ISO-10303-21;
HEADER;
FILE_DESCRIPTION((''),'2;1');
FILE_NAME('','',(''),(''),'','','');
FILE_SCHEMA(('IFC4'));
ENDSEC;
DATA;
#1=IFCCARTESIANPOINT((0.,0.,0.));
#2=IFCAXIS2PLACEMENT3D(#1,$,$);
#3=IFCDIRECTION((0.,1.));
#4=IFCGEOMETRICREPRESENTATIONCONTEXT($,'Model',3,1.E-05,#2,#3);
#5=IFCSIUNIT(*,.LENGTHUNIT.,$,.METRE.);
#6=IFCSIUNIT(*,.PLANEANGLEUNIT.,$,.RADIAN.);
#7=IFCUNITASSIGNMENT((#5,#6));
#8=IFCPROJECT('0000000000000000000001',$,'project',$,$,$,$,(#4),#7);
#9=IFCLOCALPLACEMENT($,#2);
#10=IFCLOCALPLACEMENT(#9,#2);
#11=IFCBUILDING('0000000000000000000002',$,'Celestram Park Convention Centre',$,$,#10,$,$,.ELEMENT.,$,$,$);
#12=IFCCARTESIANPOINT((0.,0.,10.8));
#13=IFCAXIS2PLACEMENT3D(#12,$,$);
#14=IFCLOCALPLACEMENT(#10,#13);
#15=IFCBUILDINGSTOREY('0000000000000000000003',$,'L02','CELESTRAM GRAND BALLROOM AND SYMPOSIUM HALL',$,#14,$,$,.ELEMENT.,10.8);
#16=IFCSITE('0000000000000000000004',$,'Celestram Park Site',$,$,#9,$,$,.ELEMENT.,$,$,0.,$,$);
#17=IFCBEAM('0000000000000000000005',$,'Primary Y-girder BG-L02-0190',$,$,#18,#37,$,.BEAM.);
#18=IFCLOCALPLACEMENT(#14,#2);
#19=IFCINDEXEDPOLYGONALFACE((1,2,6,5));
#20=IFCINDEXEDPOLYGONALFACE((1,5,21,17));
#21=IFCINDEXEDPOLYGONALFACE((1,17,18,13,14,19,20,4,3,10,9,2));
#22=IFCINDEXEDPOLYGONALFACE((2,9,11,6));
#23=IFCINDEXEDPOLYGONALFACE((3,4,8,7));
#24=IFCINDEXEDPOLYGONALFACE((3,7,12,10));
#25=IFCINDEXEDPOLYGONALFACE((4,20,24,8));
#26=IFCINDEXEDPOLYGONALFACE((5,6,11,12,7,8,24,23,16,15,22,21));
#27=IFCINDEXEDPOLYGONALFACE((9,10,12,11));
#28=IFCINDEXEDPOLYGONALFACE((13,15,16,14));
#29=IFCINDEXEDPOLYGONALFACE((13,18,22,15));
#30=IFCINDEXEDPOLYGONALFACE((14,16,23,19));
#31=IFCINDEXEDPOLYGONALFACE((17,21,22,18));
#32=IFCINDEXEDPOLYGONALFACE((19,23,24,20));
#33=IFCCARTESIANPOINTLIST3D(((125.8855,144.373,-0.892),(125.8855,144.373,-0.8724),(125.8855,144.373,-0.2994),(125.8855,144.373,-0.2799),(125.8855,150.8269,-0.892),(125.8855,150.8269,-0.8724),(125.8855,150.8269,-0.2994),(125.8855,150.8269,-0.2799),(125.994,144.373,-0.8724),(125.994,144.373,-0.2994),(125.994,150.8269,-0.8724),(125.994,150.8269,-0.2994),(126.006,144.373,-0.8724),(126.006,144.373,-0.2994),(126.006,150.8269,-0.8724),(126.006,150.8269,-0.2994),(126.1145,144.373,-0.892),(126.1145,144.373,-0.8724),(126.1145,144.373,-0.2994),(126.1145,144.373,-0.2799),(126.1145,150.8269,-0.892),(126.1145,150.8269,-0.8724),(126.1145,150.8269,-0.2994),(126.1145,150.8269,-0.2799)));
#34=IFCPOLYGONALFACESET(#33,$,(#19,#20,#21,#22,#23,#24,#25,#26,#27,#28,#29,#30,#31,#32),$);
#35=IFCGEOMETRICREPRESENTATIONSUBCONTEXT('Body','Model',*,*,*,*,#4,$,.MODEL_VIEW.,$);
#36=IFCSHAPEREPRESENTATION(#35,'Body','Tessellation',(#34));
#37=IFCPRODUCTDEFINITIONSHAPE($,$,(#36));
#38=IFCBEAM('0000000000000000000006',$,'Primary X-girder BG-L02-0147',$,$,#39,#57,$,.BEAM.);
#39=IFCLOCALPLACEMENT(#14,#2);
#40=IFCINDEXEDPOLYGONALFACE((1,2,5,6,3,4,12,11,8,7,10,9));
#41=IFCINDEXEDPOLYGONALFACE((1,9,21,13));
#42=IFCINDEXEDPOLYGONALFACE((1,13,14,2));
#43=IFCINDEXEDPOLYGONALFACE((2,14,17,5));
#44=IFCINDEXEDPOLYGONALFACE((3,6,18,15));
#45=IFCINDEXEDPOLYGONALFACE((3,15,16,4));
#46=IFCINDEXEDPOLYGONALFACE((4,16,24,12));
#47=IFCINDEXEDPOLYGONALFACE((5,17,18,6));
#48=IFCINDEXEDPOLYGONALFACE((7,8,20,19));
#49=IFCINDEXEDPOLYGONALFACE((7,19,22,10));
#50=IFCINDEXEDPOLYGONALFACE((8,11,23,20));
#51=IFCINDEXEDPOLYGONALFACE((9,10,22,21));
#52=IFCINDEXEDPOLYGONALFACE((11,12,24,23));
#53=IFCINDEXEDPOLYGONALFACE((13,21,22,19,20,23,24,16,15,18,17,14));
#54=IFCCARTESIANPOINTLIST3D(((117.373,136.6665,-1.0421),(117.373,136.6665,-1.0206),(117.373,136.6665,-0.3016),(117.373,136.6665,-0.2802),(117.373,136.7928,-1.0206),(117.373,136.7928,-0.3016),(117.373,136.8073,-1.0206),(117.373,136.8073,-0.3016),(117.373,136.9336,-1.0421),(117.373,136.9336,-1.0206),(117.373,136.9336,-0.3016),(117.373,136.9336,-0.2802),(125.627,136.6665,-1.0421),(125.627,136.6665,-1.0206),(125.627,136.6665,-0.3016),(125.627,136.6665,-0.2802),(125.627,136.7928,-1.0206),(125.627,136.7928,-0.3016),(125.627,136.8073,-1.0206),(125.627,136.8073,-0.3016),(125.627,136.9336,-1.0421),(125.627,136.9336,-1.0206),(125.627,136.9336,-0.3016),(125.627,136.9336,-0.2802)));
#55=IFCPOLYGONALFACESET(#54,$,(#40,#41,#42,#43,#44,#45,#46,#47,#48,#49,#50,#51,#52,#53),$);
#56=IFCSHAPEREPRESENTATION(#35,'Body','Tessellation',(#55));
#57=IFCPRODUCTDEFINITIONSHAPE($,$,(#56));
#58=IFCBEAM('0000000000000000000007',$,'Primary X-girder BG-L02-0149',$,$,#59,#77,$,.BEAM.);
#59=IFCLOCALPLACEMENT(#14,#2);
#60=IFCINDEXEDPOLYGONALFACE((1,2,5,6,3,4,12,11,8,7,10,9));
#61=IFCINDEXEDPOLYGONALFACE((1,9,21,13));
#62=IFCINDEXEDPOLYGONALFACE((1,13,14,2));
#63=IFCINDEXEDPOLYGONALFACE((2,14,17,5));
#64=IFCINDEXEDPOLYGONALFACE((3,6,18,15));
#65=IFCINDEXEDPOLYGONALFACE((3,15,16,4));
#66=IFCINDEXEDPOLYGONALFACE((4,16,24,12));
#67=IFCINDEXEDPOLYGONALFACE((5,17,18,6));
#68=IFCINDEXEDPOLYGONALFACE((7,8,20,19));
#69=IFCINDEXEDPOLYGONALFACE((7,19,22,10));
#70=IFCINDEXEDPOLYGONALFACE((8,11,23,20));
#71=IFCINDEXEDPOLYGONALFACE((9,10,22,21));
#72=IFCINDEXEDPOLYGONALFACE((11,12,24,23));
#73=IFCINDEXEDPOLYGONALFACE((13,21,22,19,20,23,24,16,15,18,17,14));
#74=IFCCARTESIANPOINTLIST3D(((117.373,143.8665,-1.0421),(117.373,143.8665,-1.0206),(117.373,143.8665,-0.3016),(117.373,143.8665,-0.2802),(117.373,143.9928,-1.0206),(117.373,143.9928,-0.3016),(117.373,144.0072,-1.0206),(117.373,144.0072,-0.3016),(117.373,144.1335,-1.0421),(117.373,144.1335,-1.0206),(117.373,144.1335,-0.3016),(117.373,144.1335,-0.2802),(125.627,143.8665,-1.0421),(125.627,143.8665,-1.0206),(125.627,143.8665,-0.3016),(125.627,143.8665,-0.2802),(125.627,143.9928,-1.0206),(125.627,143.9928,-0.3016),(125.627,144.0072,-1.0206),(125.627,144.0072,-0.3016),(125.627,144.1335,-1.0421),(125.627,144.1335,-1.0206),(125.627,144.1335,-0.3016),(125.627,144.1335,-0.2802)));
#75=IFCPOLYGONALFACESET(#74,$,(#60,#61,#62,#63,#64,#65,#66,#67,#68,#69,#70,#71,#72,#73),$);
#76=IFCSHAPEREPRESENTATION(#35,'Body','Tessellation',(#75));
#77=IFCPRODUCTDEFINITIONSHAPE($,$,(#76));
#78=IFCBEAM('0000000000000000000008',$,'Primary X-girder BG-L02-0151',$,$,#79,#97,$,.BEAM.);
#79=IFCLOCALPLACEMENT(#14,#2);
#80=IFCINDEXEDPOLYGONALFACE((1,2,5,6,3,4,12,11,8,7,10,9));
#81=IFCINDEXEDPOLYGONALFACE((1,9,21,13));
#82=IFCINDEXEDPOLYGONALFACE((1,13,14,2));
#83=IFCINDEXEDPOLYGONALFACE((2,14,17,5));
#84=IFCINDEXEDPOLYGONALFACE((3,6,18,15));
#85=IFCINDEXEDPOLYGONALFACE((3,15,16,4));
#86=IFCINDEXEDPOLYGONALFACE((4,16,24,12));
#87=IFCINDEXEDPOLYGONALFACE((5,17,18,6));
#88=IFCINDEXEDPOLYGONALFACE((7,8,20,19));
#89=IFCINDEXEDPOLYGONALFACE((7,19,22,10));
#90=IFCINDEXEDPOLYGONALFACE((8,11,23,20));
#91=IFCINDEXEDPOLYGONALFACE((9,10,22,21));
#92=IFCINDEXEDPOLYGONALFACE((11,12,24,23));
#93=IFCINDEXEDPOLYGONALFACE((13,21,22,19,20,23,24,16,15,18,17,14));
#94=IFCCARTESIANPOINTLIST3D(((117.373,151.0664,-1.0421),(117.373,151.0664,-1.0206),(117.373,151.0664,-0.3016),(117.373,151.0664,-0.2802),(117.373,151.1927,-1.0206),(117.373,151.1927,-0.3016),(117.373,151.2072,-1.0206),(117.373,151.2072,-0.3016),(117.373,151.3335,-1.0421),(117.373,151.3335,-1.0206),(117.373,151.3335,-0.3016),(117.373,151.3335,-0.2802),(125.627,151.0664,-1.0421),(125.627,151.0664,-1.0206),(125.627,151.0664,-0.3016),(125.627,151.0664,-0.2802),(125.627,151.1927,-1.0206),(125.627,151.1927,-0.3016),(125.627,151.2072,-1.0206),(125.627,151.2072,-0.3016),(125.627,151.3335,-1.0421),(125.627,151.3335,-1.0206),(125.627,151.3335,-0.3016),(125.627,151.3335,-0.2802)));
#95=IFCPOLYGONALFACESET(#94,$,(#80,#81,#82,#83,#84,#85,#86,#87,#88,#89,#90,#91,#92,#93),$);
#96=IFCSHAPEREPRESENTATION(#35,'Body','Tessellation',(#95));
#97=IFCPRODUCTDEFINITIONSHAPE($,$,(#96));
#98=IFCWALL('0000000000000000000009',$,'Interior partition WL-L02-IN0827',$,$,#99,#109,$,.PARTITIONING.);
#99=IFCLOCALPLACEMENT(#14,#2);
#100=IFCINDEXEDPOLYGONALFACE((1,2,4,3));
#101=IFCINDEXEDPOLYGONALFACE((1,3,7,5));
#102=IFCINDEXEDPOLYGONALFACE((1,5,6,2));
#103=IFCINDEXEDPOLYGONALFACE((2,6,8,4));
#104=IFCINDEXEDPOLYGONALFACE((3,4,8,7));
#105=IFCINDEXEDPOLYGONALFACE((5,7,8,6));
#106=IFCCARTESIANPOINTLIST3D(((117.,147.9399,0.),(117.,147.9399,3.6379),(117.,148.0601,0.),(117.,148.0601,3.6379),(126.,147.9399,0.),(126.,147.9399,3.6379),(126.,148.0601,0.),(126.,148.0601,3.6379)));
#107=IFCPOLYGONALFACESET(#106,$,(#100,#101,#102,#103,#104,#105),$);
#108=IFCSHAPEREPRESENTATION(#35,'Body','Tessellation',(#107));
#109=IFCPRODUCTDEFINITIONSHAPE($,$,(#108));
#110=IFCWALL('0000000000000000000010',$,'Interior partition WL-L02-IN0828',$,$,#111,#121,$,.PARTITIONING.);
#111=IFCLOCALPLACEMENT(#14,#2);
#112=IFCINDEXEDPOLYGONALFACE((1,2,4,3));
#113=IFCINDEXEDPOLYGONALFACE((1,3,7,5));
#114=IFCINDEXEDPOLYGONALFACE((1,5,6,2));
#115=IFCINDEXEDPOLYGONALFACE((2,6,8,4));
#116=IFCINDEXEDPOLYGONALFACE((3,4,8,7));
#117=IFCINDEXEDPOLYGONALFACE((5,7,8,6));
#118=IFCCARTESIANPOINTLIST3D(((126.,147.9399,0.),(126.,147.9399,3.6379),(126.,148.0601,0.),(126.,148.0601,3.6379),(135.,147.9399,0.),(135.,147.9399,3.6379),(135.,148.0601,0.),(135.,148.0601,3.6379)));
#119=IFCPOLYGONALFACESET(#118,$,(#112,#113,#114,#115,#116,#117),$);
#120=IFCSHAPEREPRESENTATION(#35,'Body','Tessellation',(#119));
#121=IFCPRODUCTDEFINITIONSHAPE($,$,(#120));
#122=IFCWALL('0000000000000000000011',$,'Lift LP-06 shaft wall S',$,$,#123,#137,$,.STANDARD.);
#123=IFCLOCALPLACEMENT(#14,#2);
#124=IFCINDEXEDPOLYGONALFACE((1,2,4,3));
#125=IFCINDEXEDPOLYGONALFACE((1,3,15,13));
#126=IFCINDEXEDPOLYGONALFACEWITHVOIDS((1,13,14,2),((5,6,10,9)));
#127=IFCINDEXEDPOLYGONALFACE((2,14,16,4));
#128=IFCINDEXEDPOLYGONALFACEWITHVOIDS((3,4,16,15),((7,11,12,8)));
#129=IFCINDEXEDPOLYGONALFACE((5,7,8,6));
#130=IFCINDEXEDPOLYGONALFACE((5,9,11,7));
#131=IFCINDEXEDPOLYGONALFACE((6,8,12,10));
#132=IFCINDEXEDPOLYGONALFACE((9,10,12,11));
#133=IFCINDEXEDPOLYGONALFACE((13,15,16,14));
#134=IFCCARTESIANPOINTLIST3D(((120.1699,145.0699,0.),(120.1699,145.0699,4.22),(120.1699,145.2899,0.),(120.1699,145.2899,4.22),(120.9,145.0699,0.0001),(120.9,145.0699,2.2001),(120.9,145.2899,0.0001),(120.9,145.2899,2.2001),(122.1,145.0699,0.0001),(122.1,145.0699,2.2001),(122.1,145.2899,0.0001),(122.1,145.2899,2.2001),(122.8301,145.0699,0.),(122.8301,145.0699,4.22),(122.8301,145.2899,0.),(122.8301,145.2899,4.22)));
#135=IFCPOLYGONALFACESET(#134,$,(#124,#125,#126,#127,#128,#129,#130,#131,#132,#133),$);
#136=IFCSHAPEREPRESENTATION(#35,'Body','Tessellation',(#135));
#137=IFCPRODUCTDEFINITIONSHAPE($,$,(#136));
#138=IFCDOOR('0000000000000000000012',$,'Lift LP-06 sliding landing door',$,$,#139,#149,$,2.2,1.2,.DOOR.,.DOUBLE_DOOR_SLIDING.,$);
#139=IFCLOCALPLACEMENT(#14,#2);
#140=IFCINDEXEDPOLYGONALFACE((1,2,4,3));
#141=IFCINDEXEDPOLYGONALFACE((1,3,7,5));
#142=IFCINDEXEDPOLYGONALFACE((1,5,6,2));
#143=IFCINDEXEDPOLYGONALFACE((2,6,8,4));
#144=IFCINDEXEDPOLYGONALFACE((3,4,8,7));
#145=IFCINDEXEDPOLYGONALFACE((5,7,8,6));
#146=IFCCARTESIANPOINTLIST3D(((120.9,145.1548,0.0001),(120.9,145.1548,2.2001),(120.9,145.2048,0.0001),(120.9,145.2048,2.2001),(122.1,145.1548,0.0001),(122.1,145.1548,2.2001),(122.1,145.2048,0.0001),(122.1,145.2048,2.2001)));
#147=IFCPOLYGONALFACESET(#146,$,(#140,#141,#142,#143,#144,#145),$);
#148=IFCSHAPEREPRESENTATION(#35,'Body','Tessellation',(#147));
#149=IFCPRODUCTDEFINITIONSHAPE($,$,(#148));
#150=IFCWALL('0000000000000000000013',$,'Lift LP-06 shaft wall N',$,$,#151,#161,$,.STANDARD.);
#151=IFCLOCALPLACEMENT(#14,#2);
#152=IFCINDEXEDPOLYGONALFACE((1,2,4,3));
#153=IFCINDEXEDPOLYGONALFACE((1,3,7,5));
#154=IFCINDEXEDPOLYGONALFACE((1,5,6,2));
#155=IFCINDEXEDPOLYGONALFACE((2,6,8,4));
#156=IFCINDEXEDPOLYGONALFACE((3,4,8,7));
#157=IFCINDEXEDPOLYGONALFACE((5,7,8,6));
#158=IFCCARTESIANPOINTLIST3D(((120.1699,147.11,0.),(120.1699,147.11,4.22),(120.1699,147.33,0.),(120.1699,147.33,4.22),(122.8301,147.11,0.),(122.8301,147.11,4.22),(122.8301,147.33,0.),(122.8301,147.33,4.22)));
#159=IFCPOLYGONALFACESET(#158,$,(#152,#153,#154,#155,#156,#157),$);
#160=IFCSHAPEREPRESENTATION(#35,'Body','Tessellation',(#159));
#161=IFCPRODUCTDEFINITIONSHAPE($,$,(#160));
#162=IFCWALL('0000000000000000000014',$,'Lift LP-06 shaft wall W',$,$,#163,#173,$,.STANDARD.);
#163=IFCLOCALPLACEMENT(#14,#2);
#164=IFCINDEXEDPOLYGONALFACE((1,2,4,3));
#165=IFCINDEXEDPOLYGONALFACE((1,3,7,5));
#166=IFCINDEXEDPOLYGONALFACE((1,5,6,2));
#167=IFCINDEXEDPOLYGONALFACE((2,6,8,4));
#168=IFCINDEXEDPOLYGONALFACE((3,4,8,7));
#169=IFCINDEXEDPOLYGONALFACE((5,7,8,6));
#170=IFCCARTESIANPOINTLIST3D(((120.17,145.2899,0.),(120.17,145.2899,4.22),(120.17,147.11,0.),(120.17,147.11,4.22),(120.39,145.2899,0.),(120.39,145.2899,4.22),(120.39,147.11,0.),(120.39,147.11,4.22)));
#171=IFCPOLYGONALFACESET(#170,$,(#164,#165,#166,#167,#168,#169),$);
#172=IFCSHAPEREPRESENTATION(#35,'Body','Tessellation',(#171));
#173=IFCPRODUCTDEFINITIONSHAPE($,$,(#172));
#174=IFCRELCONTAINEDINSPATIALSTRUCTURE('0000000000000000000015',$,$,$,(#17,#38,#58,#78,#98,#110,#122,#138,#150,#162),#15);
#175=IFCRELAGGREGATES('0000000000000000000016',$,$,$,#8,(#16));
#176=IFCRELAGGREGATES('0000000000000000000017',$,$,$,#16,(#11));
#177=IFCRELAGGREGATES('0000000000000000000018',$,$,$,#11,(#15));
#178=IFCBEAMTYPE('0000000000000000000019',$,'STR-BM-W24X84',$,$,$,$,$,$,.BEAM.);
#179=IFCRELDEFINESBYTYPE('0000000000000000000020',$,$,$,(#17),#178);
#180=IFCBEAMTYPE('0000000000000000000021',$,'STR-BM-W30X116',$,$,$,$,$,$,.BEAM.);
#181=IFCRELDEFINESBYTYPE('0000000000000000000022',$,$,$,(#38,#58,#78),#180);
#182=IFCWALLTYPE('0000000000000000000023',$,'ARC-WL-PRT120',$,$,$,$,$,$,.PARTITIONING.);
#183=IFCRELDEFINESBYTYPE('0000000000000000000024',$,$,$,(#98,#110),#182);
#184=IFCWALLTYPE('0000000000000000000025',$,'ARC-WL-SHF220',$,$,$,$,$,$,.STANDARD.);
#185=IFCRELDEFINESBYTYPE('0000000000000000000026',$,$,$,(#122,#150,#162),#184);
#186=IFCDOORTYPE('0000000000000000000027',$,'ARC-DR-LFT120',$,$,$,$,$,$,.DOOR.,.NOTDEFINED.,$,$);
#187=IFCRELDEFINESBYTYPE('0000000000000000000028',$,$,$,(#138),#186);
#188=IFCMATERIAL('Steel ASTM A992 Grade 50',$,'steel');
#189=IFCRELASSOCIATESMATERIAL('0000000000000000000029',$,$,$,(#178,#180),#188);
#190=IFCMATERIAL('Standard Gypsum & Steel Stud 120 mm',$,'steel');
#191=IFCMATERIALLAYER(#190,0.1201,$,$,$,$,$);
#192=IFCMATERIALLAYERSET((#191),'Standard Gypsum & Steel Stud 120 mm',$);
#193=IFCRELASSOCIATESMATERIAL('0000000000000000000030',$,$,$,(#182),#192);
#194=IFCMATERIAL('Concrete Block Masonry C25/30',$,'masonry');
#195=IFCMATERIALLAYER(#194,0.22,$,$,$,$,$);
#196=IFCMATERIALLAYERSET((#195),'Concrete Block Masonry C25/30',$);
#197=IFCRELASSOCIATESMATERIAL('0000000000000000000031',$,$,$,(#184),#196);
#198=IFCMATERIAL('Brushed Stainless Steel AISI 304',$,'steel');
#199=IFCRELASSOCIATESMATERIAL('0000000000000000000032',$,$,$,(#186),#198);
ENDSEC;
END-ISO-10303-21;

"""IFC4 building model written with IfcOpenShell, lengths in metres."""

from ifc_helpers import new_model, si_unit, direction, frame, frame_2d, origin, origin_2d, place, context, subcontext, project, spatial, rectangle, i_section, extrude, material, layer, layer_set, material_profile, profile_set, type_object, element, fill, save


model = new_model("IFC4")

# Units and contexts
model_context = context("Model", 3, precision=1e-05, world=origin(), true_north=direction((0.0, 1.0)))
body_context = subcontext(model_context, "Body", "Model", "MODEL_VIEW")
ifc_project = project(units=[si_unit("LENGTHUNIT", "METRE"), si_unit("PLANEANGLEUNIT", "RADIAN")], contexts=[model_context])

# Site, building, storey
site_placement = place(None, origin())
site = spatial("IfcSite", under=ifc_project, at=site_placement, Name="Celestram Park Site", CompositionType="ELEMENT", RefElevation=0.0)
building_placement = place(site_placement, origin())
building = spatial("IfcBuilding", under=site, at=building_placement, Name="Celestram Park Convention Centre", CompositionType="ELEMENT")
storey_placement = place(building_placement, frame((0.0, 0.0, 10.8)))
storey = spatial("IfcBuildingStorey", under=building, at=storey_placement, Name="L02", Description="CELESTRAM GRAND BALLROOM AND SYMPOSIUM HALL", CompositionType="ELEMENT", Elevation=10.8)

# Beams
ifc_material_1 = material(Name="Steel ASTM A992 Grade 50", Category="steel")
ifc_material_profile_1 = material_profile(ifc_material_1, i_section(OverallWidth=0.229, OverallDepth=0.6121, WebThickness=0.012, FlangeThickness=0.0195, at=origin_2d()), Name="W24X84")
ifc_profile_set_1 = profile_set([ifc_material_profile_1], Name="Steel ASTM A992 Grade 50")
beam_type_1 = type_object("IfcBeamType", Name="STR-BM-W24X84", PredefinedType="BEAM", material=ifc_profile_set_1)
for number, where, z_axis, x_axis, name in (
    (1, (126.0, 144.373, -0.5859), (0.0, 1.0, 0.0), (-1.0, 0.0, 0.0), "Primary Y-girder BG-L02-0190"),
):
    element("IfcBeam", number, at=place(storey_placement, frame(where, z_axis=z_axis, x_axis=x_axis)), inside=storey, type_object=beam_type_1, Name=name, PredefinedType="BEAM", context=body_context, shape_type="SweptSolid", body=[
        extrude(i_section(OverallWidth=0.229, OverallDepth=0.6121, WebThickness=0.012, FlangeThickness=0.0195, at=origin_2d()), origin(), (0.0, 0.0, 1.0), 6.4539),
    ])
ifc_material_profile_2 = material_profile(ifc_material_1, i_section(OverallWidth=0.2671, OverallDepth=0.762, WebThickness=0.0144, FlangeThickness=0.0215, at=origin_2d()), Name="W30X116")
ifc_profile_set_2 = profile_set([ifc_material_profile_2], Name="Steel ASTM A992 Grade 50")
beam_type_2 = type_object("IfcBeamType", Name="STR-BM-W30X116", PredefinedType="BEAM", material=ifc_profile_set_2)
for number, where, z_axis, x_axis, name in (
    (2, (117.373, 136.8, -0.6611), (1.0, 0.0, 0.0), (0.0, 1.0, 0.0), "Primary X-girder BG-L02-0147"),
    (3, (117.373, 144.0, -0.6611), (1.0, 0.0, 0.0), (0.0, 1.0, 0.0), "Primary X-girder BG-L02-0149"),
    (4, (117.373, 151.2, -0.6611), (1.0, 0.0, 0.0), (0.0, 1.0, 0.0), "Primary X-girder BG-L02-0151"),
):
    element("IfcBeam", number, at=place(storey_placement, frame(where, z_axis=z_axis, x_axis=x_axis)), inside=storey, type_object=beam_type_2, Name=name, PredefinedType="BEAM", context=body_context, shape_type="SweptSolid", body=[
        extrude(i_section(OverallWidth=0.2671, OverallDepth=0.762, WebThickness=0.0144, FlangeThickness=0.0215, at=origin_2d()), origin(), (0.0, 0.0, 1.0), 8.2539),
    ])

# Walls
ifc_material_2 = material(Name="Standard Gypsum & Steel Stud 120 mm", Category="steel")
ifc_layer_1 = layer(ifc_material_2, 0.1201)
ifc_layer_set_1 = layer_set([ifc_layer_1], Name="Standard Gypsum & Steel Stud 120 mm")
wall_type_1 = type_object("IfcWallType", Name="ARC-WL-PRT120", PredefinedType="PARTITIONING", material=ifc_layer_set_1)
for number, where, z_axis, x_axis, name in (
    (5, (117.0, 148.0, 0.0), (0.0, 0.0, 1.0), (1.0, 0.0, 0.0), "Interior partition WL-L02-IN0827"),
    (6, (126.0, 148.0, 0.0), (0.0, 0.0, 1.0), (1.0, 0.0, 0.0), "Interior partition WL-L02-IN0828"),
):
    element("IfcWall", number, at=place(storey_placement, frame(where, z_axis=z_axis, x_axis=x_axis)), inside=storey, type_object=wall_type_1, Name=name, PredefinedType="PARTITIONING", context=body_context, shape_type="SweptSolid", body=[
        extrude(rectangle(XDim=9.0, YDim=0.1201, at=frame_2d((4.5, 0.0))), origin(), (0.0, 0.0, 1.0), 3.6379),
    ])

# Wall, opening, door
ifc_material_3 = material(Name="Concrete Block Masonry C25/30", Category="masonry")
ifc_layer_2 = layer(ifc_material_3, 0.22)
ifc_layer_set_2 = layer_set([ifc_layer_2], Name="Concrete Block Masonry C25/30")
wall_type_2 = type_object("IfcWallType", Name="ARC-WL-SHF220", PredefinedType="STANDARD", material=ifc_layer_set_2)
wall_1_placement = place(storey_placement, frame((120.1699, 145.1799, 0.0), z_axis=(0.0, 0.0, 1.0), x_axis=(1.0, 0.0, 0.0)))
wall_1 = element("IfcWall", 7, at=wall_1_placement, inside=storey, type_object=wall_type_2, Name="Lift LP-06 shaft wall S", PredefinedType="STANDARD", context=body_context, shape_type="SweptSolid", body=[
    extrude(rectangle(XDim=2.6602, YDim=0.22, at=frame_2d((1.3301, 0.0))), origin(), (0.0, 0.0, 1.0), 4.22),
])
opening_placement = place(wall_1_placement, frame((0.73, 0.0, 0.0)))
opening = element("IfcOpeningElement", 8, at=opening_placement, cuts=wall_1, PredefinedType="OPENING", context=body_context, shape_type="SweptSolid", body=[
    extrude(rectangle(XDim=1.2, YDim=2.2, at=frame_2d((0.6001, 1.1001))), frame((0.0, 0.1199, 0.0), z_axis=(0.0, -1.0, 0.0), x_axis=(1.0, 0.0, 0.0)), (0.0, 0.0, 1.0), 0.24),
])
ifc_material_4 = material(Name="Brushed Stainless Steel AISI 304", Category="steel")
door_type = type_object("IfcDoorType", Name="ARC-DR-LFT120", OperationType="NOTDEFINED", PredefinedType="DOOR", material=ifc_material_4)
door_placement = place(opening_placement, origin())
door = element("IfcDoor", 9, at=door_placement, inside=storey, type_object=door_type, Name="Lift LP-06 sliding landing door", OperationType="DOUBLE_DOOR_SLIDING", OverallHeight=2.2, OverallWidth=1.2, PredefinedType="DOOR", context=body_context, shape_type="SweptSolid", body=[
    extrude(rectangle(XDim=1.2, YDim=2.2, at=frame_2d((0.6001, 1.1001))), frame((0.0, 0.0249, 0.0), z_axis=(0.0, -1.0, 0.0), x_axis=(1.0, 0.0, 0.0)), (0.0, 0.0, 1.0), 0.05),
])
fill(opening, door)

# Walls
wall_2_placement = place(storey_placement, frame((122.8301, 147.22, 0.0), z_axis=(0.0, 0.0, 1.0), x_axis=(-1.0, 0.0, 0.0)))
element("IfcWall", 10, at=wall_2_placement, inside=storey, type_object=wall_type_2, Name="Lift LP-06 shaft wall N", PredefinedType="STANDARD", context=body_context, shape_type="SweptSolid", body=[
    extrude(rectangle(XDim=2.6602, YDim=0.22, at=frame_2d((1.3301, 0.0))), origin(), (0.0, 0.0, 1.0), 4.22),
])
for number, where, z_axis, x_axis, name in (
    (11, (120.28, 147.1101, 0.0), (0.0, 0.0, 1.0), (0.0, -1.0, 0.0), "Lift LP-06 shaft wall W"),
):
    element("IfcWall", number, at=place(storey_placement, frame(where, z_axis=z_axis, x_axis=x_axis)), inside=storey, type_object=wall_type_2, Name=name, PredefinedType="STANDARD", context=body_context, shape_type="SweptSolid", body=[
        extrude(rectangle(XDim=1.8201, YDim=0.22, at=frame_2d((0.9102, 0.0))), origin(), (0.0, 0.0, 1.0), 4.22),
    ])

save(model, "model.ifc")
